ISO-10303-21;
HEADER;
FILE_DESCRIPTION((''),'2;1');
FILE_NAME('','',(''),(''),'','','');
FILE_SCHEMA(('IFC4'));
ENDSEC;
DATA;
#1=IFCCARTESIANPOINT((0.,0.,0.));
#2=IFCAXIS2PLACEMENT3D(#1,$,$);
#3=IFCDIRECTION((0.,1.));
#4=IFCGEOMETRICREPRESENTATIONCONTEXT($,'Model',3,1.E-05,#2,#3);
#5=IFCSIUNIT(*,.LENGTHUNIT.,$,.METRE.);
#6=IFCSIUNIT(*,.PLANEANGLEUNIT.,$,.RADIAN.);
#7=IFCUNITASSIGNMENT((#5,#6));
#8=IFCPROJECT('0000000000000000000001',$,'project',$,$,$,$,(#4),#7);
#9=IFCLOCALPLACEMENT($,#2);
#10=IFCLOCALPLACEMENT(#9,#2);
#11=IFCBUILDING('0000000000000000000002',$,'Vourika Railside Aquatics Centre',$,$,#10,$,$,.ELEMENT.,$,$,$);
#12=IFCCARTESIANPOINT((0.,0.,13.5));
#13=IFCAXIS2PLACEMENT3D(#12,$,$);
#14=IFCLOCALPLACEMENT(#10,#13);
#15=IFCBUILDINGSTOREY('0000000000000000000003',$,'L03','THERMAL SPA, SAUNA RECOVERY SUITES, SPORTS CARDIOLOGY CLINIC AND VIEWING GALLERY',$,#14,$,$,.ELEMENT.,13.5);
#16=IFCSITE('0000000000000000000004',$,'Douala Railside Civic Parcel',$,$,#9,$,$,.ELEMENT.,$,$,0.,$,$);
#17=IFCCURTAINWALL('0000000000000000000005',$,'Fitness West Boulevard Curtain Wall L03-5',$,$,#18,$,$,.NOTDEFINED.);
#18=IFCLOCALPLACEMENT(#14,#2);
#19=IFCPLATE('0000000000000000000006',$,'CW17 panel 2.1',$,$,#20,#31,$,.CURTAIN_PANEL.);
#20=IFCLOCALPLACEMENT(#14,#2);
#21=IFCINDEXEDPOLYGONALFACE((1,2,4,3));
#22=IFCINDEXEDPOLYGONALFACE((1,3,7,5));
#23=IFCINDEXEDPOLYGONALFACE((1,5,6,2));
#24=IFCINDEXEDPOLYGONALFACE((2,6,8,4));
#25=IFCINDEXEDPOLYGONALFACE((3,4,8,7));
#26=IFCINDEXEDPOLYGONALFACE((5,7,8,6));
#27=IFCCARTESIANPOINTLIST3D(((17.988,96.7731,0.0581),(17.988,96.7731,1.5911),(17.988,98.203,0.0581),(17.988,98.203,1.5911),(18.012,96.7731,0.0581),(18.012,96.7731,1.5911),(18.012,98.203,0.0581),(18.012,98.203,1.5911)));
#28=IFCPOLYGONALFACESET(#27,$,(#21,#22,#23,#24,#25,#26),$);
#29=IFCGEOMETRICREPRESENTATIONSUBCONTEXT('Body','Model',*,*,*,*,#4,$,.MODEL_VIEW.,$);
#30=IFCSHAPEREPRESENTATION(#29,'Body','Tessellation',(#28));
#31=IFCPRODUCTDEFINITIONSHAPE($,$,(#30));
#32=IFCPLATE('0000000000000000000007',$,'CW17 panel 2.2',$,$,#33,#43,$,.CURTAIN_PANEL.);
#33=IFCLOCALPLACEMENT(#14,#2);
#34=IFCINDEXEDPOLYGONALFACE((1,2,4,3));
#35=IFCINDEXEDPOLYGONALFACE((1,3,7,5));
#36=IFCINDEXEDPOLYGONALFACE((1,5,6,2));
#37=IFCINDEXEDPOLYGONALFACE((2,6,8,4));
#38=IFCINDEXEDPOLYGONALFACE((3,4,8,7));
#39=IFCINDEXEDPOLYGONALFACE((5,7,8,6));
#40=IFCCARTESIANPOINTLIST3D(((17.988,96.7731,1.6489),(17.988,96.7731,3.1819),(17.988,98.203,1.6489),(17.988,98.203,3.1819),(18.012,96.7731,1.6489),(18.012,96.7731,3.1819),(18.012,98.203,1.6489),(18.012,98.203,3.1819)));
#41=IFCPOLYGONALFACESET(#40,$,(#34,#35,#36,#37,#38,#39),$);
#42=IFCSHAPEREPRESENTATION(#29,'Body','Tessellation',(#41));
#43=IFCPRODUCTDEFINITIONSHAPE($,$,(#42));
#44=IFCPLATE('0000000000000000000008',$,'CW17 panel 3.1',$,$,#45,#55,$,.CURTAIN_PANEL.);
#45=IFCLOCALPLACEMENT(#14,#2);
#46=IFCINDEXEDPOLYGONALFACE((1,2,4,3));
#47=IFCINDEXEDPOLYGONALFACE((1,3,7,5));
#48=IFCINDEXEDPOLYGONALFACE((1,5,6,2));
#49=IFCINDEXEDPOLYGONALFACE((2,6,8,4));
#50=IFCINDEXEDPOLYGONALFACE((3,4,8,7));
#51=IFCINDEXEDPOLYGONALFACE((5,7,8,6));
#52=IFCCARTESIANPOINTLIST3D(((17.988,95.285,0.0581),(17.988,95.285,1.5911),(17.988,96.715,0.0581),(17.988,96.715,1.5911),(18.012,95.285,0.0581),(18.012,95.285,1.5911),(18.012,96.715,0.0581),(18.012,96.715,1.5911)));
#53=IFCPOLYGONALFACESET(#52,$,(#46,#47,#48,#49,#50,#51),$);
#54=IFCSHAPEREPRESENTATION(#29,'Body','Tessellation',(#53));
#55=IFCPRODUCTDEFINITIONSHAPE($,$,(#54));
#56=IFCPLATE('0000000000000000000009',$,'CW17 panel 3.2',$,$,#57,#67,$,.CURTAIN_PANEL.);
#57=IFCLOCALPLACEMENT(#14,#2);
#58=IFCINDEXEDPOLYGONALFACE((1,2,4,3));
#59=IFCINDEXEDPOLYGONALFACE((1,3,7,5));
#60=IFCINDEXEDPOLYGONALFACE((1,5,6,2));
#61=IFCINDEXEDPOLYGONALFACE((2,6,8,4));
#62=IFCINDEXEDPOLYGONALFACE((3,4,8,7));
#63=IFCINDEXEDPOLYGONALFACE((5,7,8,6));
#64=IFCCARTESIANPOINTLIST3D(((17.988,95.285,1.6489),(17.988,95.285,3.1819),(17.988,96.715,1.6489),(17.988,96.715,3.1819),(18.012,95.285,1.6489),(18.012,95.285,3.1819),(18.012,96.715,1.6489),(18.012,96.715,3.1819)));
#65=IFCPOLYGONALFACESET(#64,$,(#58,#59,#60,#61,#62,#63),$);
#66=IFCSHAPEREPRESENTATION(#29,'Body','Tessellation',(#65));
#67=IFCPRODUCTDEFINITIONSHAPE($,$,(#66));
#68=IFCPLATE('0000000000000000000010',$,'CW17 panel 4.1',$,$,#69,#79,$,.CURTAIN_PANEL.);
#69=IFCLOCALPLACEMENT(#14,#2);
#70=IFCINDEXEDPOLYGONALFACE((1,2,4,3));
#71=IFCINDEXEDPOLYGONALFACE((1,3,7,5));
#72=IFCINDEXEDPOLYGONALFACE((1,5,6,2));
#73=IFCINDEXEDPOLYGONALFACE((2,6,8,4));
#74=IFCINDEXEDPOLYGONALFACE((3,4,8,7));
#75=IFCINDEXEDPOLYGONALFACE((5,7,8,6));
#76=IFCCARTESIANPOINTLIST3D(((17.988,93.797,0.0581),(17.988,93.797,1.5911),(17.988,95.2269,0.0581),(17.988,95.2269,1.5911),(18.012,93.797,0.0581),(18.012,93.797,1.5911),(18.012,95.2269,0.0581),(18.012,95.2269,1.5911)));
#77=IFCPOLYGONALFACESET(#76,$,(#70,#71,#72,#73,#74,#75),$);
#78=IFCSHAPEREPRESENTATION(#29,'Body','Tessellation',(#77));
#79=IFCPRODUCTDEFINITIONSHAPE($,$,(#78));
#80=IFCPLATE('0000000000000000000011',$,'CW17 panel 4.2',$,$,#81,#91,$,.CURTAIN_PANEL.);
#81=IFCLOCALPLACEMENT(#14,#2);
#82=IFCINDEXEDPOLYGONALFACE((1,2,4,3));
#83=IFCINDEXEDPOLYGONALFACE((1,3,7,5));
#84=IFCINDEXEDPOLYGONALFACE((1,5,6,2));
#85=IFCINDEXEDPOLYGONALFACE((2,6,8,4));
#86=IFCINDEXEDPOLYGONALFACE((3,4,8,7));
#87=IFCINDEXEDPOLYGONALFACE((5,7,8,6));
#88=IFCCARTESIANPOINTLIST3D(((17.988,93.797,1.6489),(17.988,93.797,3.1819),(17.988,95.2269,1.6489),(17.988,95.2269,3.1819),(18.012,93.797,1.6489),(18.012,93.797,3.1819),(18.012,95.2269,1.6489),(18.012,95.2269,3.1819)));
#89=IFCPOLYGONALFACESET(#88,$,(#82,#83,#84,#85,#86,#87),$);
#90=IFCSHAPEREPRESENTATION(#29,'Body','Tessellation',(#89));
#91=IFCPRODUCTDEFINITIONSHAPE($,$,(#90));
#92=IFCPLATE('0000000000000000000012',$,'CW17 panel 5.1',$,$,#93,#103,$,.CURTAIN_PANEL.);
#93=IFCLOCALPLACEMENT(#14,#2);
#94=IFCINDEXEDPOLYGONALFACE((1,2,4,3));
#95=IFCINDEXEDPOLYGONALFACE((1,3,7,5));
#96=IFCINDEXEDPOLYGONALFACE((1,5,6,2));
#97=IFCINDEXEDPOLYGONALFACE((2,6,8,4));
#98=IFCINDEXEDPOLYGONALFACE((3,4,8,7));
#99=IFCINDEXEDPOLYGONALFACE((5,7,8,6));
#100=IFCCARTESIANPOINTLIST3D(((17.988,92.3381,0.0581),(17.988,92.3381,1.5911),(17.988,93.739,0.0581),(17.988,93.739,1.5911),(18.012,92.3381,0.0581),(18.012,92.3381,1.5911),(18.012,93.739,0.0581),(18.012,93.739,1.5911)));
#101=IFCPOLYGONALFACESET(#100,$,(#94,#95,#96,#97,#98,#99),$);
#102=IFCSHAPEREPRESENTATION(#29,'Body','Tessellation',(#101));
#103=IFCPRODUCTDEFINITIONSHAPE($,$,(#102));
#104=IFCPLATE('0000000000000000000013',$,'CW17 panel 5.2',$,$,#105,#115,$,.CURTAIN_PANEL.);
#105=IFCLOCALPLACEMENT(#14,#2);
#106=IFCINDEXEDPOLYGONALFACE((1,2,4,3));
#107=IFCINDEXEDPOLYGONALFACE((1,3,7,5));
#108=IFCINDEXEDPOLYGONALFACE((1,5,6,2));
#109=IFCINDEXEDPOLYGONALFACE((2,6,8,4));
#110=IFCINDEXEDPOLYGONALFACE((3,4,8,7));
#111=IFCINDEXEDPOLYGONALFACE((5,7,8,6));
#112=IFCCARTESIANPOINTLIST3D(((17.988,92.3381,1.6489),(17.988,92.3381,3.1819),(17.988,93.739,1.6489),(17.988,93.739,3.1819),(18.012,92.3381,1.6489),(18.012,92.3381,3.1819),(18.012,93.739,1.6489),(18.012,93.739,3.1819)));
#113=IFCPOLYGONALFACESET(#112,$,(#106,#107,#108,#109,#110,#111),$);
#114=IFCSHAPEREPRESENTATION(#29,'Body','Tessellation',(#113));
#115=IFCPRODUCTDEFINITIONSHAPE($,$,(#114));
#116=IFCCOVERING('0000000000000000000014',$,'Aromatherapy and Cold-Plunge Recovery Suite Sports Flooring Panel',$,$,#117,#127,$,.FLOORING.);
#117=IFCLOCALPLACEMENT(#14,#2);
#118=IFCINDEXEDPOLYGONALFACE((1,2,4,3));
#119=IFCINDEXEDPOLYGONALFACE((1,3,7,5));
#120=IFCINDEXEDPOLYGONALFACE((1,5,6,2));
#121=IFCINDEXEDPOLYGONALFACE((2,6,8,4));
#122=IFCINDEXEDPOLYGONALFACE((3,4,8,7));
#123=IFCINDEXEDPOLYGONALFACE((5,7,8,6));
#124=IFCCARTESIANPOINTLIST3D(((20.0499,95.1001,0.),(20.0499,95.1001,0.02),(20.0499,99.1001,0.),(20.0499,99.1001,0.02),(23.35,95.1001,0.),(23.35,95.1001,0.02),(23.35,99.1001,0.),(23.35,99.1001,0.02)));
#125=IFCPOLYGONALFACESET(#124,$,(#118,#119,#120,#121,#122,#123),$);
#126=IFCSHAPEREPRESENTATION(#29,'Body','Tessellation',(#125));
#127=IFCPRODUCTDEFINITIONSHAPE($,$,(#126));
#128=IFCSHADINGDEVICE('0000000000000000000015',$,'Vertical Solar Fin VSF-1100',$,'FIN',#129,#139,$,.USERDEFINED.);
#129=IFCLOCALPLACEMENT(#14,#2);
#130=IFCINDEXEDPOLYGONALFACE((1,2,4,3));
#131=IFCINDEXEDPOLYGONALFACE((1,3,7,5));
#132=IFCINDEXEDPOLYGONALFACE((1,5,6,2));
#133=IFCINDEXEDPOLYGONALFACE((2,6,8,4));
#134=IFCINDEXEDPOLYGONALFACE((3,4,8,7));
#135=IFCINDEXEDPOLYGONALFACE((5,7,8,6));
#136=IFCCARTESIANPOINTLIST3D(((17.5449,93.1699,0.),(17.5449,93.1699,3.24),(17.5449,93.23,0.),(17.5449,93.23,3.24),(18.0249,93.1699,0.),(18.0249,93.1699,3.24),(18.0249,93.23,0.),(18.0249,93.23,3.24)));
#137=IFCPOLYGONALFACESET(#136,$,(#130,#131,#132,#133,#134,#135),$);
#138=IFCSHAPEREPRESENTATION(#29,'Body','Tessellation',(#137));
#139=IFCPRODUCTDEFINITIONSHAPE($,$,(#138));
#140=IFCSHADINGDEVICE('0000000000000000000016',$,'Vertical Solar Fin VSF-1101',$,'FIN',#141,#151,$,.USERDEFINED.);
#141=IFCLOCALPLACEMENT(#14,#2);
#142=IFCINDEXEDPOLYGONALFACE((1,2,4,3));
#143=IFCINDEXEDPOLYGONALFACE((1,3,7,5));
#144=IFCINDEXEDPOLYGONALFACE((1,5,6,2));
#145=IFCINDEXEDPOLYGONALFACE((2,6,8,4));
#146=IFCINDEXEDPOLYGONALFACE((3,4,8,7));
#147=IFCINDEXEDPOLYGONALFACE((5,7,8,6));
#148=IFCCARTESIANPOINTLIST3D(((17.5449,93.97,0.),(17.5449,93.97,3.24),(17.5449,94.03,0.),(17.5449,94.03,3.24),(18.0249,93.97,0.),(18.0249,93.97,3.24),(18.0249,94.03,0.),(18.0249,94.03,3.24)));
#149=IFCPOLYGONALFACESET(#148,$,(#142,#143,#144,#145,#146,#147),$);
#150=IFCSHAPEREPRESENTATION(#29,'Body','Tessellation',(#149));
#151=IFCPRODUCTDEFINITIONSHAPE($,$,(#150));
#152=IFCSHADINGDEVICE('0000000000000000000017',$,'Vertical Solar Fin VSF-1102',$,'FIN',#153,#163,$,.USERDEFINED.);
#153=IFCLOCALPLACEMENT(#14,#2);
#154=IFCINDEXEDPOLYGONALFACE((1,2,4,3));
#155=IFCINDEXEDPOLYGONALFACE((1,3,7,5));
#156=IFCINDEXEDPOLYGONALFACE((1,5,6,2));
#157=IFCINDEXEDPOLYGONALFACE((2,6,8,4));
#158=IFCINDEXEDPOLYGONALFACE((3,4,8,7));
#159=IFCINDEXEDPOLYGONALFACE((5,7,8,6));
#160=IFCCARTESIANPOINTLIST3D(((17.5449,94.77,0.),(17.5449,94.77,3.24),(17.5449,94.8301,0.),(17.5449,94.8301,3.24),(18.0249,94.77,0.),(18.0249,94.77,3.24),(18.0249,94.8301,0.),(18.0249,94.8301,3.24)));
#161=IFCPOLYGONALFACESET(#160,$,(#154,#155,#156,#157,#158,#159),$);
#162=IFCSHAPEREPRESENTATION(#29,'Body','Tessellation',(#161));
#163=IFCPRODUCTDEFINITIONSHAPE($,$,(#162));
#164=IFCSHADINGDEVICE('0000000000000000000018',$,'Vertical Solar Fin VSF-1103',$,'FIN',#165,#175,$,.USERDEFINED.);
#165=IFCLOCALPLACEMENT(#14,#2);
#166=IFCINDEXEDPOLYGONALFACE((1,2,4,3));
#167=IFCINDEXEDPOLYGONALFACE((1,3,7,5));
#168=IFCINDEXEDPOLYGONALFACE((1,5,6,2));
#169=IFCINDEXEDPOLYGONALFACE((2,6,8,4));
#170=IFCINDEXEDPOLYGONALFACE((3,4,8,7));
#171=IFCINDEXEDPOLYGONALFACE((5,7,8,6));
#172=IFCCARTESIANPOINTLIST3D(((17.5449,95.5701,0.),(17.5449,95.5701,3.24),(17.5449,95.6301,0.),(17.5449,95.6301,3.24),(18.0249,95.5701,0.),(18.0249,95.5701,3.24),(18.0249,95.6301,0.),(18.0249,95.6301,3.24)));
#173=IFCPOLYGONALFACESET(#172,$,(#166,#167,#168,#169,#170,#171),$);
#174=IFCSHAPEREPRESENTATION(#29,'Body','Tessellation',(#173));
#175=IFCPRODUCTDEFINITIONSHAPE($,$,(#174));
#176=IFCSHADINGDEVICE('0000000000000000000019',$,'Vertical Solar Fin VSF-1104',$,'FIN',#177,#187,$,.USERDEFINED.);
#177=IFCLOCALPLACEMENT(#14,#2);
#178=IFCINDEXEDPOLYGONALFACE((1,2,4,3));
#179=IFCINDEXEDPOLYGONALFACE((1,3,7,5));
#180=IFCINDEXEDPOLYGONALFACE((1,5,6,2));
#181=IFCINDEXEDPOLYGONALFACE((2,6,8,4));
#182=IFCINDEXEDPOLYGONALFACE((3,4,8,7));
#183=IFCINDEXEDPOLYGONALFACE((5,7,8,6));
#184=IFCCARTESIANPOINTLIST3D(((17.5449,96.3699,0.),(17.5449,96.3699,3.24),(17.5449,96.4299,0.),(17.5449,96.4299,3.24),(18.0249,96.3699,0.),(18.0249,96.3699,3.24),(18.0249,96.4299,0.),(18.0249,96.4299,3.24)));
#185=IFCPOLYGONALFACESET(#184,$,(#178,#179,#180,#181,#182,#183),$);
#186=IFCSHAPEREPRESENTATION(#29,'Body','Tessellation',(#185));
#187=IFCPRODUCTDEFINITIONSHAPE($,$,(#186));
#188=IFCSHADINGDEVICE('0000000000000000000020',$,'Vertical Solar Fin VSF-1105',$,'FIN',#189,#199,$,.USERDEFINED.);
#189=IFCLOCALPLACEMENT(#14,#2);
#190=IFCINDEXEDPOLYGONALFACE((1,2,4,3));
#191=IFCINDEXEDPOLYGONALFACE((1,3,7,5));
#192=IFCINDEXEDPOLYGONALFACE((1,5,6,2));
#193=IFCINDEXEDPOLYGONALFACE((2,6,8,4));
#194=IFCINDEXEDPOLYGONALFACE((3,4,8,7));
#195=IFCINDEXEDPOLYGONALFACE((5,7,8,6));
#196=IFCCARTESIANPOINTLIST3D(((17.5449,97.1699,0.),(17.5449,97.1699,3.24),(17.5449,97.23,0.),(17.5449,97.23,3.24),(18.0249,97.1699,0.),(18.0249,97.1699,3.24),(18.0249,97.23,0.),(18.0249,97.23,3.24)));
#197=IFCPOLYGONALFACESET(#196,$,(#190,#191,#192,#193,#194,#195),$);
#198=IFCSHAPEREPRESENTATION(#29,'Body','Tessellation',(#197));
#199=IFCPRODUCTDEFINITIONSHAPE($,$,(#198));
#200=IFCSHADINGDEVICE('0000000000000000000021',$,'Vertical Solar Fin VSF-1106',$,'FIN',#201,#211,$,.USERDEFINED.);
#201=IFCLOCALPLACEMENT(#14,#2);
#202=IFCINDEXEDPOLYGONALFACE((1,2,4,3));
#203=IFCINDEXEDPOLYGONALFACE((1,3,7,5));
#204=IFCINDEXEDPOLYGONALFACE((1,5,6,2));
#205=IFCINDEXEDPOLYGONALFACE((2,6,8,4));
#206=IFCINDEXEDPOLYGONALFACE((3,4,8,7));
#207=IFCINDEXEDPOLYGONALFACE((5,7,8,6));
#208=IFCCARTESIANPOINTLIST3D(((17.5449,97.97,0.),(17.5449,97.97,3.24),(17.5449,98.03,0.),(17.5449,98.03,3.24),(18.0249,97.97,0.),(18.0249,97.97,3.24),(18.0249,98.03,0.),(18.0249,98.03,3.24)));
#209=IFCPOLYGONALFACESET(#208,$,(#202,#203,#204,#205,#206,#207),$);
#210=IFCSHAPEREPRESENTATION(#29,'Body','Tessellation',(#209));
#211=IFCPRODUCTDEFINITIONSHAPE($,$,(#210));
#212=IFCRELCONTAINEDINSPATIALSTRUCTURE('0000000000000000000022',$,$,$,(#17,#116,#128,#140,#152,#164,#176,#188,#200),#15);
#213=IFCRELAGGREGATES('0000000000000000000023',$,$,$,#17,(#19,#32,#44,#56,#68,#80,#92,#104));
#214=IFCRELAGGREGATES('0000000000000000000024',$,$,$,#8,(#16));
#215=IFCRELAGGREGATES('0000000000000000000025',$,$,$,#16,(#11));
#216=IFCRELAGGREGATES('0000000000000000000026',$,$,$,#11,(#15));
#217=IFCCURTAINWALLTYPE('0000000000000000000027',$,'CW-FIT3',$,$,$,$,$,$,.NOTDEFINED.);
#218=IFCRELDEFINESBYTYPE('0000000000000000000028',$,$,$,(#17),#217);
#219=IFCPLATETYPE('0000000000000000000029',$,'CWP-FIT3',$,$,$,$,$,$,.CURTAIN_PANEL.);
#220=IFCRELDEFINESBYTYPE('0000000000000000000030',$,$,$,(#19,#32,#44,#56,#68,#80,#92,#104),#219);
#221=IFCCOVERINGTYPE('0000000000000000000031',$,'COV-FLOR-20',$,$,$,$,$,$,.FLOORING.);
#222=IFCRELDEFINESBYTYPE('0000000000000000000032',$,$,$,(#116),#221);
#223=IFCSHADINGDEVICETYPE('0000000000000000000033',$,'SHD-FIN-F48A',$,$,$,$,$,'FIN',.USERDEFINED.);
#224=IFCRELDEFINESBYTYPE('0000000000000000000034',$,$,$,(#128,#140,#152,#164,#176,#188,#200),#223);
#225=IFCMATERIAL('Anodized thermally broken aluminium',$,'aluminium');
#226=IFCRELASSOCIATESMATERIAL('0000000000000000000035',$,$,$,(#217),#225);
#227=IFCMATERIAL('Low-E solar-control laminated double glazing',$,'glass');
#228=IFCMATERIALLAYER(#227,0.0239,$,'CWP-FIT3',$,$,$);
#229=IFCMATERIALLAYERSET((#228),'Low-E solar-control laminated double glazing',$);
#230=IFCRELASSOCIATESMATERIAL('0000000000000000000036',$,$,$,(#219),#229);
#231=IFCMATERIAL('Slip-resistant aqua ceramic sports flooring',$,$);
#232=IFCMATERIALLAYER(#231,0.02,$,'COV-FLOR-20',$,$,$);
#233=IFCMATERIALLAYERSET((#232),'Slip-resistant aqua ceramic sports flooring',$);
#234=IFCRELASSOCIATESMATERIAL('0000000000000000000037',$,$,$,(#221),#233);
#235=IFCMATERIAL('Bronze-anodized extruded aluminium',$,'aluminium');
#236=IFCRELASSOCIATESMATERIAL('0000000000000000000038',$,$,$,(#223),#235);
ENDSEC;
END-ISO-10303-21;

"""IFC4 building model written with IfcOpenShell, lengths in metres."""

from ifc_helpers import new_model, si_unit, direction, frame, origin, origin_2d, place, context, subcontext, project, spatial, rectangle, extrude, material, layer, layer_set, material_profile, profile_set, type_object, element, aggregate, save


model = new_model("IFC4")

# Units and contexts
model_context = context("Model", 3, precision=1e-05, world=origin(), true_north=direction((0.0, 1.0)))
body_context = subcontext(model_context, "Body", "Model", "MODEL_VIEW")
ifc_project = project(units=[si_unit("LENGTHUNIT", "METRE"), si_unit("PLANEANGLEUNIT", "RADIAN")], contexts=[model_context])

# Site, building, storey
site_placement = place(None, origin())
site = spatial("IfcSite", under=ifc_project, at=site_placement, Name="Douala Railside Civic Parcel", CompositionType="ELEMENT", RefElevation=0.0)
building_placement = place(site_placement, origin())
building = spatial("IfcBuilding", under=site, at=building_placement, Name="Vourika Railside Aquatics Centre", CompositionType="ELEMENT")
storey_placement = place(building_placement, frame((0.0, 0.0, 13.5)))
storey = spatial("IfcBuildingStorey", under=building, at=storey_placement, Name="L03", Description="THERMAL SPA, SAUNA RECOVERY SUITES, SPORTS CARDIOLOGY CLINIC AND VIEWING GALLERY", CompositionType="ELEMENT", Elevation=13.5)

# Curtain wall, plates
ifc_material_1 = material(Name="Anodized thermally broken aluminium", Category="aluminium")
curtain_wall_type = type_object("IfcCurtainWallType", Name="CW-FIT3", PredefinedType="NOTDEFINED", material=ifc_material_1)
curtain_wall_placement = place(storey_placement, origin())
curtain_wall = element("IfcCurtainWall", 1, at=curtain_wall_placement, inside=storey, type_object=curtain_wall_type, Name="Fitness West Boulevard Curtain Wall L03-5", PredefinedType="NOTDEFINED")
ifc_material_2 = material(Name="Low-E solar-control laminated double glazing", Category="glass")
ifc_layer_1 = layer(ifc_material_2, 0.0239, Name="CWP-FIT3")
ifc_layer_set_1 = layer_set([ifc_layer_1], Name="Low-E solar-control laminated double glazing")
plate_type = type_object("IfcPlateType", Name="CWP-FIT3", PredefinedType="CURTAIN_PANEL", material=ifc_layer_set_1)
plate_1_placement = place(storey_placement, frame((18.0, 97.488, 0.0581), z_axis=(0.0, 0.0, 1.0), x_axis=(0.0, -1.0, 0.0)))
plate_1 = element("IfcPlate", 2, at=plate_1_placement, type_object=plate_type, Name="CW17 panel 2.1", PredefinedType="CURTAIN_PANEL", context=body_context, shape_type="SweptSolid", body=[
    extrude(rectangle(XDim=1.4299, YDim=0.0239, at=origin_2d()), origin(), (0.0, 0.0, 1.0), 1.533),
])
plate_2_placement = place(storey_placement, frame((18.0, 97.488, 1.6489), z_axis=(0.0, 0.0, 1.0), x_axis=(0.0, -1.0, 0.0)))
plate_2 = element("IfcPlate", 3, at=plate_2_placement, type_object=plate_type, Name="CW17 panel 2.2", PredefinedType="CURTAIN_PANEL", context=body_context, shape_type="SweptSolid", body=[
    extrude(rectangle(XDim=1.4299, YDim=0.0239, at=origin_2d()), origin(), (0.0, 0.0, 1.0), 1.533),
])
plate_3_placement = place(storey_placement, frame((18.0, 96.0, 0.0581), z_axis=(0.0, 0.0, 1.0), x_axis=(0.0, -1.0, 0.0)))
plate_3 = element("IfcPlate", 4, at=plate_3_placement, type_object=plate_type, Name="CW17 panel 3.1", PredefinedType="CURTAIN_PANEL", context=body_context, shape_type="SweptSolid", body=[
    extrude(rectangle(XDim=1.4299, YDim=0.0239, at=origin_2d()), origin(), (0.0, 0.0, 1.0), 1.533),
])
plate_4_placement = place(storey_placement, frame((18.0, 96.0, 1.6489), z_axis=(0.0, 0.0, 1.0), x_axis=(0.0, -1.0, 0.0)))
plate_4 = element("IfcPlate", 5, at=plate_4_placement, type_object=plate_type, Name="CW17 panel 3.2", PredefinedType="CURTAIN_PANEL", context=body_context, shape_type="SweptSolid", body=[
    extrude(rectangle(XDim=1.4299, YDim=0.0239, at=origin_2d()), origin(), (0.0, 0.0, 1.0), 1.533),
])
plate_5_placement = place(storey_placement, frame((18.0, 94.512, 0.0581), z_axis=(0.0, 0.0, 1.0), x_axis=(0.0, -1.0, 0.0)))
plate_5 = element("IfcPlate", 6, at=plate_5_placement, type_object=plate_type, Name="CW17 panel 4.1", PredefinedType="CURTAIN_PANEL", context=body_context, shape_type="SweptSolid", body=[
    extrude(rectangle(XDim=1.4299, YDim=0.0239, at=origin_2d()), origin(), (0.0, 0.0, 1.0), 1.533),
])
plate_6_placement = place(storey_placement, frame((18.0, 94.512, 1.6489), z_axis=(0.0, 0.0, 1.0), x_axis=(0.0, -1.0, 0.0)))
plate_6 = element("IfcPlate", 7, at=plate_6_placement, type_object=plate_type, Name="CW17 panel 4.2", PredefinedType="CURTAIN_PANEL", context=body_context, shape_type="SweptSolid", body=[
    extrude(rectangle(XDim=1.4299, YDim=0.0239, at=origin_2d()), origin(), (0.0, 0.0, 1.0), 1.533),
])
plate_7_placement = place(storey_placement, frame((18.0, 93.0386, 0.0581), z_axis=(0.0, 0.0, 1.0), x_axis=(0.0, -1.0, 0.0)))
plate_7 = element("IfcPlate", 8, at=plate_7_placement, type_object=plate_type, Name="CW17 panel 5.1", PredefinedType="CURTAIN_PANEL", context=body_context, shape_type="SweptSolid", body=[
    extrude(rectangle(XDim=1.4009, YDim=0.0239, at=origin_2d()), origin(), (0.0, 0.0, 1.0), 1.533),
])
plate_8_placement = place(storey_placement, frame((18.0, 93.0386, 1.6489), z_axis=(0.0, 0.0, 1.0), x_axis=(0.0, -1.0, 0.0)))
plate_8 = element("IfcPlate", 9, at=plate_8_placement, type_object=plate_type, Name="CW17 panel 5.2", PredefinedType="CURTAIN_PANEL", context=body_context, shape_type="SweptSolid", body=[
    extrude(rectangle(XDim=1.4009, YDim=0.0239, at=origin_2d()), origin(), (0.0, 0.0, 1.0), 1.533),
])
aggregate(curtain_wall, [plate_1, plate_2, plate_3, plate_4, plate_5, plate_6, plate_7, plate_8])

# Covering
ifc_material_3 = material(Name="Slip-resistant aqua ceramic sports flooring")
ifc_layer_2 = layer(ifc_material_3, 0.02, Name="COV-FLOR-20")
ifc_layer_set_2 = layer_set([ifc_layer_2], Name="Slip-resistant aqua ceramic sports flooring")
covering_type = type_object("IfcCoveringType", Name="COV-FLOR-20", PredefinedType="FLOORING", material=ifc_layer_set_2)
covering_placement = place(storey_placement, frame((21.7, 97.1001, 0.0), z_axis=(0.0, 0.0, 1.0), x_axis=(1.0, 0.0, 0.0)))
element("IfcCovering", 10, at=covering_placement, inside=storey, type_object=covering_type, Name="Aromatherapy and Cold-Plunge Recovery Suite Sports Flooring Panel", PredefinedType="FLOORING", context=body_context, shape_type="SweptSolid", body=[
    extrude(rectangle(XDim=3.3, YDim=4.0, at=origin_2d()), origin(), (0.0, 0.0, 1.0), 0.02),
])

# Shading devices
ifc_material_4 = material(Name="Bronze-anodized extruded aluminium", Category="aluminium")
ifc_material_profile_1 = material_profile(ifc_material_4, rectangle(XDim=0.0601, YDim=0.48, at=origin_2d()), Name="ALU-FIN 60x480")
ifc_profile_set_1 = profile_set([ifc_material_profile_1], Name="Bronze-anodized extruded aluminium")
shading_device_type = type_object("IfcShadingDeviceType", Name="SHD-FIN-F48A", ElementType="FIN", PredefinedType="USERDEFINED", material=ifc_profile_set_1)
for number, where, z_axis, x_axis, name in (
    (11, (17.7849, 93.2, 0.0), (0.0, 0.0, 1.0), (0.0, 1.0, 0.0), "Vertical Solar Fin VSF-1100"),
    (12, (17.7849, 94.0, 0.0), (0.0, 0.0, 1.0), (0.0, 1.0, 0.0), "Vertical Solar Fin VSF-1101"),
    (13, (17.7849, 94.8, 0.0), (0.0, 0.0, 1.0), (0.0, 1.0, 0.0), "Vertical Solar Fin VSF-1102"),
    (14, (17.7849, 95.6001, 0.0), (0.0, 0.0, 1.0), (0.0, 1.0, 0.0), "Vertical Solar Fin VSF-1103"),
    (15, (17.7849, 96.3999, 0.0), (0.0, 0.0, 1.0), (0.0, 1.0, 0.0), "Vertical Solar Fin VSF-1104"),
    (16, (17.7849, 97.2, 0.0), (0.0, 0.0, 1.0), (0.0, 1.0, 0.0), "Vertical Solar Fin VSF-1105"),
    (17, (17.7849, 98.0, 0.0), (0.0, 0.0, 1.0), (0.0, 1.0, 0.0), "Vertical Solar Fin VSF-1106"),
):
    element("IfcShadingDevice", number, at=place(storey_placement, frame(where, z_axis=z_axis, x_axis=x_axis)), inside=storey, type_object=shading_device_type, Name=name, ObjectType="FIN", PredefinedType="USERDEFINED", context=body_context, shape_type="SweptSolid", body=[
        extrude(rectangle(XDim=0.0601, YDim=0.48, at=origin_2d()), origin(), (0.0, 0.0, 1.0), 3.24),
    ])

save(model, "model.ifc")
